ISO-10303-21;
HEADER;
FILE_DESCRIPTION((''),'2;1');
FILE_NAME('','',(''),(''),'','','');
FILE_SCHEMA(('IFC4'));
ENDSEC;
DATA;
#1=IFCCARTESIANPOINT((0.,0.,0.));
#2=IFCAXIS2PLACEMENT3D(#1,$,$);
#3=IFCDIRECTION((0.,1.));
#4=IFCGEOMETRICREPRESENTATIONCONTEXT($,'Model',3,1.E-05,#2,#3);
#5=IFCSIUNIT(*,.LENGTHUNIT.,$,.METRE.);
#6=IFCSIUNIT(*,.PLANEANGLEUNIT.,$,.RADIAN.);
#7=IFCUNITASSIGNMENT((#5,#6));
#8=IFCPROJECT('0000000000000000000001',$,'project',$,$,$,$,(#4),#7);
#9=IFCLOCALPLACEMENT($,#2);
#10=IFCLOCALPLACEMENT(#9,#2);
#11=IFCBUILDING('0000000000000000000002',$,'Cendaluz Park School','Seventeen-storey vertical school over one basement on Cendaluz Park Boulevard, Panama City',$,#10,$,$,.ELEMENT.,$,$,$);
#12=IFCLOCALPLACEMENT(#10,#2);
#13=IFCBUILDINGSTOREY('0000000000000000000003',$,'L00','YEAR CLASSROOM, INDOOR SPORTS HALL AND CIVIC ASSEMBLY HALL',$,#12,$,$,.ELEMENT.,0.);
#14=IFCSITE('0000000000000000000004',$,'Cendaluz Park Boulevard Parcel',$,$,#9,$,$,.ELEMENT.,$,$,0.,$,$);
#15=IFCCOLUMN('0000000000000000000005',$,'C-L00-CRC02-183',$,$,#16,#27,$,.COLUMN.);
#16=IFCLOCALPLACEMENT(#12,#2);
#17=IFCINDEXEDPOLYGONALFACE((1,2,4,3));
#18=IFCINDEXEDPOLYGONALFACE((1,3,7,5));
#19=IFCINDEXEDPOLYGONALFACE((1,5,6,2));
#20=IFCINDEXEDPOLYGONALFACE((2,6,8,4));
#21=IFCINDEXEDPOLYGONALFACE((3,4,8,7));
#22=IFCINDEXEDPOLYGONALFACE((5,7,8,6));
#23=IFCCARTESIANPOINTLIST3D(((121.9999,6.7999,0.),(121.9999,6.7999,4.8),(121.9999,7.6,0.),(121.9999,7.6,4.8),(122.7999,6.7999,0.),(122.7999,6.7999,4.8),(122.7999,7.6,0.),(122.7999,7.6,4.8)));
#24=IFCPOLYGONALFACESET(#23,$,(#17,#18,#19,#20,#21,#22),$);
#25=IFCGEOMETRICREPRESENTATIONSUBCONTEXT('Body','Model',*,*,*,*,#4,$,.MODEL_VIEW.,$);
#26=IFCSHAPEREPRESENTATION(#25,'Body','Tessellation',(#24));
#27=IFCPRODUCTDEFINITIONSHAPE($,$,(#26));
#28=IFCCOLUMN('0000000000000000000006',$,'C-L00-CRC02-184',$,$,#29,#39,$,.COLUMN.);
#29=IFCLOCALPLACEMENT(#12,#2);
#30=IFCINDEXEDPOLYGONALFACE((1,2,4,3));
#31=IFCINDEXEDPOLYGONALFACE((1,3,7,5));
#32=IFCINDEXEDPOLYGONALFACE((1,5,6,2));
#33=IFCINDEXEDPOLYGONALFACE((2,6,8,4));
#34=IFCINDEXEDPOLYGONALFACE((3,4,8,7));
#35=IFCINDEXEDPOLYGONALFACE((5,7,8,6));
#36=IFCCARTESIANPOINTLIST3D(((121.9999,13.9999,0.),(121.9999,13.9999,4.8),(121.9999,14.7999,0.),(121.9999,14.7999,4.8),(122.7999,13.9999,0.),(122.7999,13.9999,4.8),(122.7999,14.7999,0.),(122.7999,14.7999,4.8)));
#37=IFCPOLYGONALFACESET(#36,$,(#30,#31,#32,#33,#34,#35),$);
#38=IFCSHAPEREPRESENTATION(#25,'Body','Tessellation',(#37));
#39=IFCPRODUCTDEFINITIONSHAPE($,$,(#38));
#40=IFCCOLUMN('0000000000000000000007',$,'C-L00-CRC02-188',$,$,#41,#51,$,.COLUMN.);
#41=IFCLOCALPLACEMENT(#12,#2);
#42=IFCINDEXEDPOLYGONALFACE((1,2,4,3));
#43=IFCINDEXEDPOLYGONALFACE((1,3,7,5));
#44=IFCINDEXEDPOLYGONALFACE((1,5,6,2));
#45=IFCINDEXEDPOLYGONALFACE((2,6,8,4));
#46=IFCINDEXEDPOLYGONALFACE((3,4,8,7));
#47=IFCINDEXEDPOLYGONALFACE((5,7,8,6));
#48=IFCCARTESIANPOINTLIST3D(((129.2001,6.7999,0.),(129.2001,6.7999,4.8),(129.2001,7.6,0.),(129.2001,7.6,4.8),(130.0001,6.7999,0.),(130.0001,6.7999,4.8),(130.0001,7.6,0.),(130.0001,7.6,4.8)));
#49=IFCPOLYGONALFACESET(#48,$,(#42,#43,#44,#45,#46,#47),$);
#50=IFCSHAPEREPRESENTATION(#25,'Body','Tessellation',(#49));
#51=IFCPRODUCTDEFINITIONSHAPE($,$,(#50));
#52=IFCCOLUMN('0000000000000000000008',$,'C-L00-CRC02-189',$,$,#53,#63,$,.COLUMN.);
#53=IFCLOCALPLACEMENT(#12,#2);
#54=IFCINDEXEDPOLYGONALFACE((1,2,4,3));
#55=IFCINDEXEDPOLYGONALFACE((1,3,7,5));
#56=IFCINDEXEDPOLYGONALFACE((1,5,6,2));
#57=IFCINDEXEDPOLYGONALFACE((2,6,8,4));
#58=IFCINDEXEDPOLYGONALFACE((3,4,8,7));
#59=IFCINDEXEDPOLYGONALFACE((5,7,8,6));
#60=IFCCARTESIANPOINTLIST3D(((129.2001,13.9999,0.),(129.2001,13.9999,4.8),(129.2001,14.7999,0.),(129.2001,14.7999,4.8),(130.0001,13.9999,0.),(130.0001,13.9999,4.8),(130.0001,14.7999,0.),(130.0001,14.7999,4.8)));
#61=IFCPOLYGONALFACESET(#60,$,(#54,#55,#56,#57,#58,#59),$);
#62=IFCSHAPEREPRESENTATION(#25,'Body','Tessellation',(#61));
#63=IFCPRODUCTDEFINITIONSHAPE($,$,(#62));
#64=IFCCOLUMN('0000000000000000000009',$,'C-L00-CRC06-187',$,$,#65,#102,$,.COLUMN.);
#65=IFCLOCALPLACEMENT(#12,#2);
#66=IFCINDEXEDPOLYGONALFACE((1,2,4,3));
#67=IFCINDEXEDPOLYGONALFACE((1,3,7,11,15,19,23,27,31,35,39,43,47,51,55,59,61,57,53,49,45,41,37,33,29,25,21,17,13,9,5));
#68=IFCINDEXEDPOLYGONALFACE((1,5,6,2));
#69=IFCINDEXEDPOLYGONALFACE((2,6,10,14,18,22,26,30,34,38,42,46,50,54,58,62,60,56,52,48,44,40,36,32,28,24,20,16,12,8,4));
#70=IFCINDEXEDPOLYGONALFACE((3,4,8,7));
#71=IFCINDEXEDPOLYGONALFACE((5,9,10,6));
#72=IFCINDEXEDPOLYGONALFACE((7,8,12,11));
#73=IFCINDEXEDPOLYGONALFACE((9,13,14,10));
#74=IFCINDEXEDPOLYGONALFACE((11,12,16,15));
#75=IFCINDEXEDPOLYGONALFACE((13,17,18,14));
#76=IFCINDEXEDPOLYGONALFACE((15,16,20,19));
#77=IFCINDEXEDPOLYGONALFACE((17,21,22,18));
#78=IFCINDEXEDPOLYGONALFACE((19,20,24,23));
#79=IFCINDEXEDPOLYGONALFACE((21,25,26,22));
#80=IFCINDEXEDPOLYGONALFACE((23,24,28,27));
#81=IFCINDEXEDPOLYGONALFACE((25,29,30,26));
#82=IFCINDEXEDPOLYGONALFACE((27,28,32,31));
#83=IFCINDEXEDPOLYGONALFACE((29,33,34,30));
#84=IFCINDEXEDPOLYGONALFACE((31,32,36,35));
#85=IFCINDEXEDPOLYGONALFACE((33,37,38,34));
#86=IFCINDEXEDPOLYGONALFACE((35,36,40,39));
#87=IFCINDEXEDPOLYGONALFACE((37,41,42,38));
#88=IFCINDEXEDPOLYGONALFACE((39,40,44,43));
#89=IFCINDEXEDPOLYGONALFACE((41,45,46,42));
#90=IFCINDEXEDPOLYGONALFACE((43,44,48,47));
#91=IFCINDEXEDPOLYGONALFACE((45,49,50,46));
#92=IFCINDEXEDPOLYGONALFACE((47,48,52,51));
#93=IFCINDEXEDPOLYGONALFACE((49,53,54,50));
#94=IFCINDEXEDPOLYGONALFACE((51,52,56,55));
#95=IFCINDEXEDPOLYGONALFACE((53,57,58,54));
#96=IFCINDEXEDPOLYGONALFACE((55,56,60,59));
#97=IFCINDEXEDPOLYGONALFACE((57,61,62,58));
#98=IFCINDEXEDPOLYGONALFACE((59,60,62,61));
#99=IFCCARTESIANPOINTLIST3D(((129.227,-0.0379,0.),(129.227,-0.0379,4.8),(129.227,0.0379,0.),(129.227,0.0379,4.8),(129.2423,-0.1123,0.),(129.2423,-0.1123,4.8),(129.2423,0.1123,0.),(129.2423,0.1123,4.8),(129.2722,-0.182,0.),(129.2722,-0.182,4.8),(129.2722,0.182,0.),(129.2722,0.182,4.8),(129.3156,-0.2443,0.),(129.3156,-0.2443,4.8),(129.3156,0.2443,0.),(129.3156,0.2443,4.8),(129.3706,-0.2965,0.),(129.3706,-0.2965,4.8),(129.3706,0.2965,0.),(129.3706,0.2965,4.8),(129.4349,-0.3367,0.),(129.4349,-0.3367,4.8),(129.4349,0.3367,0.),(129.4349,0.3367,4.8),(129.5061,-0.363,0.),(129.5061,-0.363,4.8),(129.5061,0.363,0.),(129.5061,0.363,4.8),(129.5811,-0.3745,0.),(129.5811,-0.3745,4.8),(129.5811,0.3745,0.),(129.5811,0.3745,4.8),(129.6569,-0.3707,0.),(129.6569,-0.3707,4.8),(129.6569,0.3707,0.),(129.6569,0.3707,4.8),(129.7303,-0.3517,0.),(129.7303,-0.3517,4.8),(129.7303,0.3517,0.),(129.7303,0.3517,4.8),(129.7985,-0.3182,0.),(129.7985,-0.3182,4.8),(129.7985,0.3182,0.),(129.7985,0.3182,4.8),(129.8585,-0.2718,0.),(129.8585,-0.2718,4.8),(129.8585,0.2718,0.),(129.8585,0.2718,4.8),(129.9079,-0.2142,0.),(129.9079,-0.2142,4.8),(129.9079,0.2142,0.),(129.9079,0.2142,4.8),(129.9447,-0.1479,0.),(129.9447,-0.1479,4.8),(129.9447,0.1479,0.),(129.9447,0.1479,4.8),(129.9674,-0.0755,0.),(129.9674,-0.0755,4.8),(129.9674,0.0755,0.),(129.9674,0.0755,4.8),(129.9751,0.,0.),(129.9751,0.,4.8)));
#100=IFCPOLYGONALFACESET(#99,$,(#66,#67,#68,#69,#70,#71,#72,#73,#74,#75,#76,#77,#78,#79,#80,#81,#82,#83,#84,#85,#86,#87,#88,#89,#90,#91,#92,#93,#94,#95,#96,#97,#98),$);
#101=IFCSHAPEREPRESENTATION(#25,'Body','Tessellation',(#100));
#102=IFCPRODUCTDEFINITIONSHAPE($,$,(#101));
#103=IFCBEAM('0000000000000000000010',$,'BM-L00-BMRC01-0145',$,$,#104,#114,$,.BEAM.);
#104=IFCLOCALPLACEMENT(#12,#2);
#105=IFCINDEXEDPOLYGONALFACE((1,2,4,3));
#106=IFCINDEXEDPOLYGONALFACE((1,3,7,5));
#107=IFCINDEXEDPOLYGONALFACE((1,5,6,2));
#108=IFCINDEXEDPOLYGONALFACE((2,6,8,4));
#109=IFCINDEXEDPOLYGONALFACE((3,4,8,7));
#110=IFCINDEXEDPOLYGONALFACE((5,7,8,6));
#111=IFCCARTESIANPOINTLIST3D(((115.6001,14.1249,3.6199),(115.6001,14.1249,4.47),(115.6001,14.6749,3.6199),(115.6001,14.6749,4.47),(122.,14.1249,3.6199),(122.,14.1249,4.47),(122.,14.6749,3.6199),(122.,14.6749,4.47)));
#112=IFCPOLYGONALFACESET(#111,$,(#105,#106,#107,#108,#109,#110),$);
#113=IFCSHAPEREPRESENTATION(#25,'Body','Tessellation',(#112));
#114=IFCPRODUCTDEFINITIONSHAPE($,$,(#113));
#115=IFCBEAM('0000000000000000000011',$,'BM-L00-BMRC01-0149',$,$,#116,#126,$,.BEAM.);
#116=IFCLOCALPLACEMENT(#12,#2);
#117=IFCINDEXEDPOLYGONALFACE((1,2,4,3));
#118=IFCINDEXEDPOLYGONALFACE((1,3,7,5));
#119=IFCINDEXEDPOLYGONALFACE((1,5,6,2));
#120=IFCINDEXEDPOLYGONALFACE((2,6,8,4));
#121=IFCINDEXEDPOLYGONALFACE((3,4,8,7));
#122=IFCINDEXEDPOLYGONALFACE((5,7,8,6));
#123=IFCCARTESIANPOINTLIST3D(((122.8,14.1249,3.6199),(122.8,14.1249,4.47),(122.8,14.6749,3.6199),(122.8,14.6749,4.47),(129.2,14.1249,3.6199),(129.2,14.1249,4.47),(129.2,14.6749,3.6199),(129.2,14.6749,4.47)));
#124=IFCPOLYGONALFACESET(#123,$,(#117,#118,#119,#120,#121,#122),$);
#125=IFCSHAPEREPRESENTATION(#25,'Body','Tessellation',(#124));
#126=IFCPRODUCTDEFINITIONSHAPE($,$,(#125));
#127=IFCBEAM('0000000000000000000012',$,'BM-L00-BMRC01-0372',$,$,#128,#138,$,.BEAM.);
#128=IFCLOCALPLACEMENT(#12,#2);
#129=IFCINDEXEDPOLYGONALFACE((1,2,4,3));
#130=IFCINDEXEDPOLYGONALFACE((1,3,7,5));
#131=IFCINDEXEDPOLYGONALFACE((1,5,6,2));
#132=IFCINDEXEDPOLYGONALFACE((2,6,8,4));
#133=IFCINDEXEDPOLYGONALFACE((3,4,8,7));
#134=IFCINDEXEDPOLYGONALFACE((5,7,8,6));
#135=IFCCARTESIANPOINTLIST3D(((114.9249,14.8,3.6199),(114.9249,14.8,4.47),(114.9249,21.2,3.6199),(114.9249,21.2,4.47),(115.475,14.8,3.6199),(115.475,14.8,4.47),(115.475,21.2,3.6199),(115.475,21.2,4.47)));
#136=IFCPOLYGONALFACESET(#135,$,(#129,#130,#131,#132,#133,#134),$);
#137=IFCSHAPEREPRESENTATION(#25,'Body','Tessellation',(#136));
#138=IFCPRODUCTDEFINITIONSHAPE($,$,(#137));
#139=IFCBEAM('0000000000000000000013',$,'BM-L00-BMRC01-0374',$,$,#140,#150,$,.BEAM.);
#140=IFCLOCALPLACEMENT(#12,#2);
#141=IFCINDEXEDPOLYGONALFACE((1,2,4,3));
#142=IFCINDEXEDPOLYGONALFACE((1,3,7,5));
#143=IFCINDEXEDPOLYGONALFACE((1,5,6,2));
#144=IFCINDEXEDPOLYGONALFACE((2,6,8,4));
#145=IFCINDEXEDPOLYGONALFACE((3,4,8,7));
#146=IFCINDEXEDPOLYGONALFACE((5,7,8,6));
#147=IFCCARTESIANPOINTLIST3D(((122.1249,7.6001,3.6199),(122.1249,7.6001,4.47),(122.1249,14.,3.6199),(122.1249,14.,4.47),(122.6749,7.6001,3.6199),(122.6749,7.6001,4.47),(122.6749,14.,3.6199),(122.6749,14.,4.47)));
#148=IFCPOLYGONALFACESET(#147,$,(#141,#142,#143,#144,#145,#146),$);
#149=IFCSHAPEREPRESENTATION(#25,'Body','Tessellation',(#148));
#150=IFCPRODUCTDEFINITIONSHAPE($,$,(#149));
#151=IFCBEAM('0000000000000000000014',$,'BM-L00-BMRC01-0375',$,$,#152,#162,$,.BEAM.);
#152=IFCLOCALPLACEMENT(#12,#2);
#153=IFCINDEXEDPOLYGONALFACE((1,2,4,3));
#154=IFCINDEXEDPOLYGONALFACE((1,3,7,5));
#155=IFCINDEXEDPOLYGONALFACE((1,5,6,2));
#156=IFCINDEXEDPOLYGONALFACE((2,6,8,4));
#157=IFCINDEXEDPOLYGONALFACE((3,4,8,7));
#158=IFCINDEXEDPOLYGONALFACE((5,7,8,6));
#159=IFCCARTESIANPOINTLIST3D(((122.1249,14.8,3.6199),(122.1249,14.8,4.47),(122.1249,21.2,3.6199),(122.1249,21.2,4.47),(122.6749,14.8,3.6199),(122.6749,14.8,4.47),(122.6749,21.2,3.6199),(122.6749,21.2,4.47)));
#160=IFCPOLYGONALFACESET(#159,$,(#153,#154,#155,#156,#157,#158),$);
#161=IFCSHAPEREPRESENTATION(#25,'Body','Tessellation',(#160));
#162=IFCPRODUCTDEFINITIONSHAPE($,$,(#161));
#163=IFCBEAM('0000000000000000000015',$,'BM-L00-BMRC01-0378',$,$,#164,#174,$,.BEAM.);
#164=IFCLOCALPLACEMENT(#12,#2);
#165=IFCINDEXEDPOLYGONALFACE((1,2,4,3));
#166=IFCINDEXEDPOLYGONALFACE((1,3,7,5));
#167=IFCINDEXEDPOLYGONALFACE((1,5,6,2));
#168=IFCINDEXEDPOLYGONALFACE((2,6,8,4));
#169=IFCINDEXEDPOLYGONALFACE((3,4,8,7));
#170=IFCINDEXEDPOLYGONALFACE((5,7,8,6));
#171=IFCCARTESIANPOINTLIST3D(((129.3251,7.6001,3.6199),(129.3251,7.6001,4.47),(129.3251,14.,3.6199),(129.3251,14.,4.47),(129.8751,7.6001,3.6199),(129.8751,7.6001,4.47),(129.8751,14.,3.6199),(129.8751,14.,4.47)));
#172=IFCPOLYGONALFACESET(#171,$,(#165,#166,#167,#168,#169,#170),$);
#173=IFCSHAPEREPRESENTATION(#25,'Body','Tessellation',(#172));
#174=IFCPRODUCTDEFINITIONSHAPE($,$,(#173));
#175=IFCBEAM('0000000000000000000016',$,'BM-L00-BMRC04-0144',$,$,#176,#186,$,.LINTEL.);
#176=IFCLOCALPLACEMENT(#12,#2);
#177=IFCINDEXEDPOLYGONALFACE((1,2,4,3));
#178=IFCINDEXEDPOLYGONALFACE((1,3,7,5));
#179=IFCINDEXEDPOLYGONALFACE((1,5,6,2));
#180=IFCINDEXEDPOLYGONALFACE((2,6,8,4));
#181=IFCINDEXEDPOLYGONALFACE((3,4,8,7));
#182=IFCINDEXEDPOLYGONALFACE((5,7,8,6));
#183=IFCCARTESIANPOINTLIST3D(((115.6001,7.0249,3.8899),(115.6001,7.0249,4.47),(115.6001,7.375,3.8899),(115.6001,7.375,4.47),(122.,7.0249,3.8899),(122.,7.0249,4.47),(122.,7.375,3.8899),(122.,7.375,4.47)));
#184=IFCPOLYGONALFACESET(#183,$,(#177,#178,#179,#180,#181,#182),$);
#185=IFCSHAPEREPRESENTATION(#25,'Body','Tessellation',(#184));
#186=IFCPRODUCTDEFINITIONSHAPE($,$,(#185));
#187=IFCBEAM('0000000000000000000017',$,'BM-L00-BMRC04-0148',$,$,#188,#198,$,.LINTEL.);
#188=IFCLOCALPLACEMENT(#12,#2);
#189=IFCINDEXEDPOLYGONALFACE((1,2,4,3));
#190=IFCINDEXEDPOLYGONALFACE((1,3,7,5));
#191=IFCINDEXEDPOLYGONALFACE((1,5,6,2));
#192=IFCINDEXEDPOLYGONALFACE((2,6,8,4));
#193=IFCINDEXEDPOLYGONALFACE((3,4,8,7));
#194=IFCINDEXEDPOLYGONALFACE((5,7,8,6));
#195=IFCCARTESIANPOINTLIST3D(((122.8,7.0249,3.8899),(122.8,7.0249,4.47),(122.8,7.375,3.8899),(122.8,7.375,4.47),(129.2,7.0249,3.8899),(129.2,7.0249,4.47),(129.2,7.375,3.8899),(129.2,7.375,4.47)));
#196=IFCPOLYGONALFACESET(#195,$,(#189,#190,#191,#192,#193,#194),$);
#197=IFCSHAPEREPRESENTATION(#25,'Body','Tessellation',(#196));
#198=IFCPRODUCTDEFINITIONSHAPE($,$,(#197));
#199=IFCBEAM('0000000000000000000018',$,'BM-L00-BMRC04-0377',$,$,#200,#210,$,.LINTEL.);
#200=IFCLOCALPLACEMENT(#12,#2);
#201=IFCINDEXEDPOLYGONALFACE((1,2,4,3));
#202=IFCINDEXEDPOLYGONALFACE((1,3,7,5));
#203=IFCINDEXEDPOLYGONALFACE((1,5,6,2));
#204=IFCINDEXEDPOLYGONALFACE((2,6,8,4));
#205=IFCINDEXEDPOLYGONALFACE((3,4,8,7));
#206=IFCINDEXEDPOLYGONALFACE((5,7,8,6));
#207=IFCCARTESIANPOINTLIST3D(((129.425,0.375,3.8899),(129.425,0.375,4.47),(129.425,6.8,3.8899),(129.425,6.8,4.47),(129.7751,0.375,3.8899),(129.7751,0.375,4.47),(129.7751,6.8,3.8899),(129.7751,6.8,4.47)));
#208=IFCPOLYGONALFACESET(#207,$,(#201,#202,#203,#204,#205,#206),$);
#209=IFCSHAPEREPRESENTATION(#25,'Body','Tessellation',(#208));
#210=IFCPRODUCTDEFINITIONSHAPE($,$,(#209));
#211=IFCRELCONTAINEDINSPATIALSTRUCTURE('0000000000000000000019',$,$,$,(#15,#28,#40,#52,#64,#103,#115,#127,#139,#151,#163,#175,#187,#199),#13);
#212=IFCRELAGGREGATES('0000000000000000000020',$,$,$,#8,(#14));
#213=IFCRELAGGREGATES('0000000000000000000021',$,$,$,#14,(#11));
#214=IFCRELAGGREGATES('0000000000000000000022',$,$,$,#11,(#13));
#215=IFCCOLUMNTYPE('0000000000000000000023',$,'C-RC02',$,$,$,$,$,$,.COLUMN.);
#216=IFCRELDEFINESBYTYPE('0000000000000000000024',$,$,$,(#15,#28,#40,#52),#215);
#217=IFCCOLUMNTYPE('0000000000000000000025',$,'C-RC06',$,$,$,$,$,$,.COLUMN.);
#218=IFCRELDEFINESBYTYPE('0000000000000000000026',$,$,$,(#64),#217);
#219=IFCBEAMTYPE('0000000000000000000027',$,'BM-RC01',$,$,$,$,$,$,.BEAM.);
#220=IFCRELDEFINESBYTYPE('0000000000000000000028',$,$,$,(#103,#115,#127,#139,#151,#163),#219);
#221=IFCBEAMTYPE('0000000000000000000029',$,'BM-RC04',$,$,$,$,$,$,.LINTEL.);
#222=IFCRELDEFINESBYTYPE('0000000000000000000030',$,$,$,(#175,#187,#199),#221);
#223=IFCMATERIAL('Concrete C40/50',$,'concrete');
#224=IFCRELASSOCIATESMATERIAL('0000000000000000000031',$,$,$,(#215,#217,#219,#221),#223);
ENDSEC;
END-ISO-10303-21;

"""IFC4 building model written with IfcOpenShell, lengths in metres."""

from ifc_helpers import new_model, si_unit, direction, frame, origin, origin_2d, place, context, subcontext, project, spatial, rectangle, circle, extrude, material, material_profile, profile_set, type_object, element, save


model = new_model("IFC4")

# Units and contexts
model_context = context("Model", 3, precision=1e-05, world=origin(), true_north=direction((0.0, 1.0)))
body_context = subcontext(model_context, "Body", "Model", "MODEL_VIEW")
ifc_project = project(units=[si_unit("LENGTHUNIT", "METRE"), si_unit("PLANEANGLEUNIT", "RADIAN")], contexts=[model_context])

# Site, building, storey
site_placement = place(None, origin())
site = spatial("IfcSite", under=ifc_project, at=site_placement, Name="Cendaluz Park Boulevard Parcel", CompositionType="ELEMENT", RefElevation=0.0)
building_placement = place(site_placement, origin())
building = spatial("IfcBuilding", under=site, at=building_placement, Name="Cendaluz Park School", Description="Seventeen-storey vertical school over one basement on Cendaluz Park Boulevard, Panama City", CompositionType="ELEMENT")
storey_placement = place(building_placement, origin())
storey = spatial("IfcBuildingStorey", under=building, at=storey_placement, Name="L00", Description="YEAR CLASSROOM, INDOOR SPORTS HALL AND CIVIC ASSEMBLY HALL", CompositionType="ELEMENT", Elevation=0.0)

# Columns
ifc_material_1 = material(Name="Concrete C40/50", Category="concrete")
ifc_material_profile_1 = material_profile(ifc_material_1, rectangle(XDim=0.8, YDim=0.8, at=origin_2d()), Name="RC 800x800", Category="concrete")
ifc_profile_set_1 = profile_set([ifc_material_profile_1], Name="Concrete C40/50")
column_type_1 = type_object("IfcColumnType", Name="C-RC02", PredefinedType="COLUMN", material=ifc_profile_set_1)
for number, where, z_axis, x_axis, name in (
    (1, (122.3999, 7.2, 0.0), (0.0, 0.0, 1.0), (1.0, 0.0, 0.0), "C-L00-CRC02-183"),
    (2, (122.3999, 14.3999, 0.0), (0.0, 0.0, 1.0), (1.0, 0.0, 0.0), "C-L00-CRC02-184"),
    (3, (129.6001, 7.2, 0.0), (0.0, 0.0, 1.0), (1.0, 0.0, 0.0), "C-L00-CRC02-188"),
    (4, (129.6001, 14.3999, 0.0), (0.0, 0.0, 1.0), (1.0, 0.0, 0.0), "C-L00-CRC02-189"),
):
    element("IfcColumn", number, at=place(storey_placement, frame(where, z_axis=z_axis, x_axis=x_axis)), inside=storey, type_object=column_type_1, Name=name, PredefinedType="COLUMN", context=body_context, shape_type="SweptSolid", body=[
        extrude(rectangle(XDim=0.8, YDim=0.8, at=origin_2d()), origin(), (0.0, 0.0, 1.0), 4.8),
    ])
ifc_material_profile_2 = material_profile(ifc_material_1, circle(Radius=0.375, at=origin_2d()), Name="RC D750", Category="concrete")
ifc_profile_set_2 = profile_set([ifc_material_profile_2], Name="Concrete C40/50")
column_type_2 = type_object("IfcColumnType", Name="C-RC06", PredefinedType="COLUMN", material=ifc_profile_set_2)
column_placement = place(storey_placement, frame((129.6001, 0.0, 0.0), z_axis=(0.0, 0.0, 1.0), x_axis=(1.0, 0.0, 0.0)))
element("IfcColumn", 5, at=column_placement, inside=storey, type_object=column_type_2, Name="C-L00-CRC06-187", PredefinedType="COLUMN", context=body_context, shape_type="SweptSolid", body=[
    extrude(circle(Radius=0.375, at=origin_2d()), origin(), (0.0, 0.0, 1.0), 4.8),
])

# Beams
ifc_material_profile_3 = material_profile(ifc_material_1, rectangle(XDim=0.55, YDim=0.8501, at=origin_2d()), Name="RC 550x850", Category="concrete")
ifc_profile_set_3 = profile_set([ifc_material_profile_3], Name="Concrete C40/50")
beam_type_1 = type_object("IfcBeamType", Name="BM-RC01", PredefinedType="BEAM", material=ifc_profile_set_3)
for number, where, z_axis, x_axis, name in (
    (6, (115.6001, 14.3999, 4.0449), (1.0, 0.0, 0.0), (0.0, 1.0, 0.0), "BM-L00-BMRC01-0145"),
    (7, (122.8, 14.3999, 4.0449), (1.0, 0.0, 0.0), (0.0, 1.0, 0.0), "BM-L00-BMRC01-0149"),
    (8, (115.2, 14.8, 4.0449), (0.0, 1.0, 0.0), (-1.0, 0.0, 0.0), "BM-L00-BMRC01-0372"),
    (9, (122.3999, 7.6001, 4.0449), (0.0, 1.0, 0.0), (-1.0, 0.0, 0.0), "BM-L00-BMRC01-0374"),
    (10, (122.3999, 14.8, 4.0449), (0.0, 1.0, 0.0), (-1.0, 0.0, 0.0), "BM-L00-BMRC01-0375"),
    (11, (129.6001, 7.6001, 4.0449), (0.0, 1.0, 0.0), (-1.0, 0.0, 0.0), "BM-L00-BMRC01-0378"),
):
    element("IfcBeam", number, at=place(storey_placement, frame(where, z_axis=z_axis, x_axis=x_axis)), inside=storey, type_object=beam_type_1, Name=name, PredefinedType="BEAM", context=body_context, shape_type="SweptSolid", body=[
        extrude(rectangle(XDim=0.55, YDim=0.8501, at=origin_2d()), origin(), (0.0, 0.0, 1.0), 6.3999),
    ])
ifc_material_profile_4 = material_profile(ifc_material_1, rectangle(XDim=0.3501, YDim=0.5801, at=origin_2d()), Name="RC 350x580", Category="concrete")
ifc_profile_set_4 = profile_set([ifc_material_profile_4], Name="Concrete C40/50")
beam_type_2 = type_object("IfcBeamType", Name="BM-RC04", PredefinedType="LINTEL", material=ifc_profile_set_4)
for number, where, z_axis, x_axis, name in (
    (12, (115.6001, 7.2, 4.1799), (1.0, 0.0, 0.0), (0.0, 1.0, 0.0), "BM-L00-BMRC04-0144"),
    (13, (122.8, 7.2, 4.1799), (1.0, 0.0, 0.0), (0.0, 1.0, 0.0), "BM-L00-BMRC04-0148"),
):
    element("IfcBeam", number, at=place(storey_placement, frame(where, z_axis=z_axis, x_axis=x_axis)), inside=storey, type_object=beam_type_2, Name=name, PredefinedType="LINTEL", context=body_context, shape_type="SweptSolid", body=[
        extrude(rectangle(XDim=0.3501, YDim=0.5801, at=origin_2d()), origin(), (0.0, 0.0, 1.0), 6.3999),
    ])
beam_1_placement = place(storey_placement, frame((129.6001, 0.375, 4.1799), z_axis=(0.0, 1.0, 0.0), x_axis=(-1.0, 0.0, 0.0)))
element("IfcBeam", 14, at=beam_1_placement, inside=storey, type_object=beam_type_2, Name="BM-L00-BMRC04-0377", PredefinedType="LINTEL", context=body_context, shape_type="SweptSolid", body=[
    extrude(rectangle(XDim=0.3501, YDim=0.5801, at=origin_2d()), origin(), (0.0, 0.0, 1.0), 6.425),
])

save(model, "model.ifc")
